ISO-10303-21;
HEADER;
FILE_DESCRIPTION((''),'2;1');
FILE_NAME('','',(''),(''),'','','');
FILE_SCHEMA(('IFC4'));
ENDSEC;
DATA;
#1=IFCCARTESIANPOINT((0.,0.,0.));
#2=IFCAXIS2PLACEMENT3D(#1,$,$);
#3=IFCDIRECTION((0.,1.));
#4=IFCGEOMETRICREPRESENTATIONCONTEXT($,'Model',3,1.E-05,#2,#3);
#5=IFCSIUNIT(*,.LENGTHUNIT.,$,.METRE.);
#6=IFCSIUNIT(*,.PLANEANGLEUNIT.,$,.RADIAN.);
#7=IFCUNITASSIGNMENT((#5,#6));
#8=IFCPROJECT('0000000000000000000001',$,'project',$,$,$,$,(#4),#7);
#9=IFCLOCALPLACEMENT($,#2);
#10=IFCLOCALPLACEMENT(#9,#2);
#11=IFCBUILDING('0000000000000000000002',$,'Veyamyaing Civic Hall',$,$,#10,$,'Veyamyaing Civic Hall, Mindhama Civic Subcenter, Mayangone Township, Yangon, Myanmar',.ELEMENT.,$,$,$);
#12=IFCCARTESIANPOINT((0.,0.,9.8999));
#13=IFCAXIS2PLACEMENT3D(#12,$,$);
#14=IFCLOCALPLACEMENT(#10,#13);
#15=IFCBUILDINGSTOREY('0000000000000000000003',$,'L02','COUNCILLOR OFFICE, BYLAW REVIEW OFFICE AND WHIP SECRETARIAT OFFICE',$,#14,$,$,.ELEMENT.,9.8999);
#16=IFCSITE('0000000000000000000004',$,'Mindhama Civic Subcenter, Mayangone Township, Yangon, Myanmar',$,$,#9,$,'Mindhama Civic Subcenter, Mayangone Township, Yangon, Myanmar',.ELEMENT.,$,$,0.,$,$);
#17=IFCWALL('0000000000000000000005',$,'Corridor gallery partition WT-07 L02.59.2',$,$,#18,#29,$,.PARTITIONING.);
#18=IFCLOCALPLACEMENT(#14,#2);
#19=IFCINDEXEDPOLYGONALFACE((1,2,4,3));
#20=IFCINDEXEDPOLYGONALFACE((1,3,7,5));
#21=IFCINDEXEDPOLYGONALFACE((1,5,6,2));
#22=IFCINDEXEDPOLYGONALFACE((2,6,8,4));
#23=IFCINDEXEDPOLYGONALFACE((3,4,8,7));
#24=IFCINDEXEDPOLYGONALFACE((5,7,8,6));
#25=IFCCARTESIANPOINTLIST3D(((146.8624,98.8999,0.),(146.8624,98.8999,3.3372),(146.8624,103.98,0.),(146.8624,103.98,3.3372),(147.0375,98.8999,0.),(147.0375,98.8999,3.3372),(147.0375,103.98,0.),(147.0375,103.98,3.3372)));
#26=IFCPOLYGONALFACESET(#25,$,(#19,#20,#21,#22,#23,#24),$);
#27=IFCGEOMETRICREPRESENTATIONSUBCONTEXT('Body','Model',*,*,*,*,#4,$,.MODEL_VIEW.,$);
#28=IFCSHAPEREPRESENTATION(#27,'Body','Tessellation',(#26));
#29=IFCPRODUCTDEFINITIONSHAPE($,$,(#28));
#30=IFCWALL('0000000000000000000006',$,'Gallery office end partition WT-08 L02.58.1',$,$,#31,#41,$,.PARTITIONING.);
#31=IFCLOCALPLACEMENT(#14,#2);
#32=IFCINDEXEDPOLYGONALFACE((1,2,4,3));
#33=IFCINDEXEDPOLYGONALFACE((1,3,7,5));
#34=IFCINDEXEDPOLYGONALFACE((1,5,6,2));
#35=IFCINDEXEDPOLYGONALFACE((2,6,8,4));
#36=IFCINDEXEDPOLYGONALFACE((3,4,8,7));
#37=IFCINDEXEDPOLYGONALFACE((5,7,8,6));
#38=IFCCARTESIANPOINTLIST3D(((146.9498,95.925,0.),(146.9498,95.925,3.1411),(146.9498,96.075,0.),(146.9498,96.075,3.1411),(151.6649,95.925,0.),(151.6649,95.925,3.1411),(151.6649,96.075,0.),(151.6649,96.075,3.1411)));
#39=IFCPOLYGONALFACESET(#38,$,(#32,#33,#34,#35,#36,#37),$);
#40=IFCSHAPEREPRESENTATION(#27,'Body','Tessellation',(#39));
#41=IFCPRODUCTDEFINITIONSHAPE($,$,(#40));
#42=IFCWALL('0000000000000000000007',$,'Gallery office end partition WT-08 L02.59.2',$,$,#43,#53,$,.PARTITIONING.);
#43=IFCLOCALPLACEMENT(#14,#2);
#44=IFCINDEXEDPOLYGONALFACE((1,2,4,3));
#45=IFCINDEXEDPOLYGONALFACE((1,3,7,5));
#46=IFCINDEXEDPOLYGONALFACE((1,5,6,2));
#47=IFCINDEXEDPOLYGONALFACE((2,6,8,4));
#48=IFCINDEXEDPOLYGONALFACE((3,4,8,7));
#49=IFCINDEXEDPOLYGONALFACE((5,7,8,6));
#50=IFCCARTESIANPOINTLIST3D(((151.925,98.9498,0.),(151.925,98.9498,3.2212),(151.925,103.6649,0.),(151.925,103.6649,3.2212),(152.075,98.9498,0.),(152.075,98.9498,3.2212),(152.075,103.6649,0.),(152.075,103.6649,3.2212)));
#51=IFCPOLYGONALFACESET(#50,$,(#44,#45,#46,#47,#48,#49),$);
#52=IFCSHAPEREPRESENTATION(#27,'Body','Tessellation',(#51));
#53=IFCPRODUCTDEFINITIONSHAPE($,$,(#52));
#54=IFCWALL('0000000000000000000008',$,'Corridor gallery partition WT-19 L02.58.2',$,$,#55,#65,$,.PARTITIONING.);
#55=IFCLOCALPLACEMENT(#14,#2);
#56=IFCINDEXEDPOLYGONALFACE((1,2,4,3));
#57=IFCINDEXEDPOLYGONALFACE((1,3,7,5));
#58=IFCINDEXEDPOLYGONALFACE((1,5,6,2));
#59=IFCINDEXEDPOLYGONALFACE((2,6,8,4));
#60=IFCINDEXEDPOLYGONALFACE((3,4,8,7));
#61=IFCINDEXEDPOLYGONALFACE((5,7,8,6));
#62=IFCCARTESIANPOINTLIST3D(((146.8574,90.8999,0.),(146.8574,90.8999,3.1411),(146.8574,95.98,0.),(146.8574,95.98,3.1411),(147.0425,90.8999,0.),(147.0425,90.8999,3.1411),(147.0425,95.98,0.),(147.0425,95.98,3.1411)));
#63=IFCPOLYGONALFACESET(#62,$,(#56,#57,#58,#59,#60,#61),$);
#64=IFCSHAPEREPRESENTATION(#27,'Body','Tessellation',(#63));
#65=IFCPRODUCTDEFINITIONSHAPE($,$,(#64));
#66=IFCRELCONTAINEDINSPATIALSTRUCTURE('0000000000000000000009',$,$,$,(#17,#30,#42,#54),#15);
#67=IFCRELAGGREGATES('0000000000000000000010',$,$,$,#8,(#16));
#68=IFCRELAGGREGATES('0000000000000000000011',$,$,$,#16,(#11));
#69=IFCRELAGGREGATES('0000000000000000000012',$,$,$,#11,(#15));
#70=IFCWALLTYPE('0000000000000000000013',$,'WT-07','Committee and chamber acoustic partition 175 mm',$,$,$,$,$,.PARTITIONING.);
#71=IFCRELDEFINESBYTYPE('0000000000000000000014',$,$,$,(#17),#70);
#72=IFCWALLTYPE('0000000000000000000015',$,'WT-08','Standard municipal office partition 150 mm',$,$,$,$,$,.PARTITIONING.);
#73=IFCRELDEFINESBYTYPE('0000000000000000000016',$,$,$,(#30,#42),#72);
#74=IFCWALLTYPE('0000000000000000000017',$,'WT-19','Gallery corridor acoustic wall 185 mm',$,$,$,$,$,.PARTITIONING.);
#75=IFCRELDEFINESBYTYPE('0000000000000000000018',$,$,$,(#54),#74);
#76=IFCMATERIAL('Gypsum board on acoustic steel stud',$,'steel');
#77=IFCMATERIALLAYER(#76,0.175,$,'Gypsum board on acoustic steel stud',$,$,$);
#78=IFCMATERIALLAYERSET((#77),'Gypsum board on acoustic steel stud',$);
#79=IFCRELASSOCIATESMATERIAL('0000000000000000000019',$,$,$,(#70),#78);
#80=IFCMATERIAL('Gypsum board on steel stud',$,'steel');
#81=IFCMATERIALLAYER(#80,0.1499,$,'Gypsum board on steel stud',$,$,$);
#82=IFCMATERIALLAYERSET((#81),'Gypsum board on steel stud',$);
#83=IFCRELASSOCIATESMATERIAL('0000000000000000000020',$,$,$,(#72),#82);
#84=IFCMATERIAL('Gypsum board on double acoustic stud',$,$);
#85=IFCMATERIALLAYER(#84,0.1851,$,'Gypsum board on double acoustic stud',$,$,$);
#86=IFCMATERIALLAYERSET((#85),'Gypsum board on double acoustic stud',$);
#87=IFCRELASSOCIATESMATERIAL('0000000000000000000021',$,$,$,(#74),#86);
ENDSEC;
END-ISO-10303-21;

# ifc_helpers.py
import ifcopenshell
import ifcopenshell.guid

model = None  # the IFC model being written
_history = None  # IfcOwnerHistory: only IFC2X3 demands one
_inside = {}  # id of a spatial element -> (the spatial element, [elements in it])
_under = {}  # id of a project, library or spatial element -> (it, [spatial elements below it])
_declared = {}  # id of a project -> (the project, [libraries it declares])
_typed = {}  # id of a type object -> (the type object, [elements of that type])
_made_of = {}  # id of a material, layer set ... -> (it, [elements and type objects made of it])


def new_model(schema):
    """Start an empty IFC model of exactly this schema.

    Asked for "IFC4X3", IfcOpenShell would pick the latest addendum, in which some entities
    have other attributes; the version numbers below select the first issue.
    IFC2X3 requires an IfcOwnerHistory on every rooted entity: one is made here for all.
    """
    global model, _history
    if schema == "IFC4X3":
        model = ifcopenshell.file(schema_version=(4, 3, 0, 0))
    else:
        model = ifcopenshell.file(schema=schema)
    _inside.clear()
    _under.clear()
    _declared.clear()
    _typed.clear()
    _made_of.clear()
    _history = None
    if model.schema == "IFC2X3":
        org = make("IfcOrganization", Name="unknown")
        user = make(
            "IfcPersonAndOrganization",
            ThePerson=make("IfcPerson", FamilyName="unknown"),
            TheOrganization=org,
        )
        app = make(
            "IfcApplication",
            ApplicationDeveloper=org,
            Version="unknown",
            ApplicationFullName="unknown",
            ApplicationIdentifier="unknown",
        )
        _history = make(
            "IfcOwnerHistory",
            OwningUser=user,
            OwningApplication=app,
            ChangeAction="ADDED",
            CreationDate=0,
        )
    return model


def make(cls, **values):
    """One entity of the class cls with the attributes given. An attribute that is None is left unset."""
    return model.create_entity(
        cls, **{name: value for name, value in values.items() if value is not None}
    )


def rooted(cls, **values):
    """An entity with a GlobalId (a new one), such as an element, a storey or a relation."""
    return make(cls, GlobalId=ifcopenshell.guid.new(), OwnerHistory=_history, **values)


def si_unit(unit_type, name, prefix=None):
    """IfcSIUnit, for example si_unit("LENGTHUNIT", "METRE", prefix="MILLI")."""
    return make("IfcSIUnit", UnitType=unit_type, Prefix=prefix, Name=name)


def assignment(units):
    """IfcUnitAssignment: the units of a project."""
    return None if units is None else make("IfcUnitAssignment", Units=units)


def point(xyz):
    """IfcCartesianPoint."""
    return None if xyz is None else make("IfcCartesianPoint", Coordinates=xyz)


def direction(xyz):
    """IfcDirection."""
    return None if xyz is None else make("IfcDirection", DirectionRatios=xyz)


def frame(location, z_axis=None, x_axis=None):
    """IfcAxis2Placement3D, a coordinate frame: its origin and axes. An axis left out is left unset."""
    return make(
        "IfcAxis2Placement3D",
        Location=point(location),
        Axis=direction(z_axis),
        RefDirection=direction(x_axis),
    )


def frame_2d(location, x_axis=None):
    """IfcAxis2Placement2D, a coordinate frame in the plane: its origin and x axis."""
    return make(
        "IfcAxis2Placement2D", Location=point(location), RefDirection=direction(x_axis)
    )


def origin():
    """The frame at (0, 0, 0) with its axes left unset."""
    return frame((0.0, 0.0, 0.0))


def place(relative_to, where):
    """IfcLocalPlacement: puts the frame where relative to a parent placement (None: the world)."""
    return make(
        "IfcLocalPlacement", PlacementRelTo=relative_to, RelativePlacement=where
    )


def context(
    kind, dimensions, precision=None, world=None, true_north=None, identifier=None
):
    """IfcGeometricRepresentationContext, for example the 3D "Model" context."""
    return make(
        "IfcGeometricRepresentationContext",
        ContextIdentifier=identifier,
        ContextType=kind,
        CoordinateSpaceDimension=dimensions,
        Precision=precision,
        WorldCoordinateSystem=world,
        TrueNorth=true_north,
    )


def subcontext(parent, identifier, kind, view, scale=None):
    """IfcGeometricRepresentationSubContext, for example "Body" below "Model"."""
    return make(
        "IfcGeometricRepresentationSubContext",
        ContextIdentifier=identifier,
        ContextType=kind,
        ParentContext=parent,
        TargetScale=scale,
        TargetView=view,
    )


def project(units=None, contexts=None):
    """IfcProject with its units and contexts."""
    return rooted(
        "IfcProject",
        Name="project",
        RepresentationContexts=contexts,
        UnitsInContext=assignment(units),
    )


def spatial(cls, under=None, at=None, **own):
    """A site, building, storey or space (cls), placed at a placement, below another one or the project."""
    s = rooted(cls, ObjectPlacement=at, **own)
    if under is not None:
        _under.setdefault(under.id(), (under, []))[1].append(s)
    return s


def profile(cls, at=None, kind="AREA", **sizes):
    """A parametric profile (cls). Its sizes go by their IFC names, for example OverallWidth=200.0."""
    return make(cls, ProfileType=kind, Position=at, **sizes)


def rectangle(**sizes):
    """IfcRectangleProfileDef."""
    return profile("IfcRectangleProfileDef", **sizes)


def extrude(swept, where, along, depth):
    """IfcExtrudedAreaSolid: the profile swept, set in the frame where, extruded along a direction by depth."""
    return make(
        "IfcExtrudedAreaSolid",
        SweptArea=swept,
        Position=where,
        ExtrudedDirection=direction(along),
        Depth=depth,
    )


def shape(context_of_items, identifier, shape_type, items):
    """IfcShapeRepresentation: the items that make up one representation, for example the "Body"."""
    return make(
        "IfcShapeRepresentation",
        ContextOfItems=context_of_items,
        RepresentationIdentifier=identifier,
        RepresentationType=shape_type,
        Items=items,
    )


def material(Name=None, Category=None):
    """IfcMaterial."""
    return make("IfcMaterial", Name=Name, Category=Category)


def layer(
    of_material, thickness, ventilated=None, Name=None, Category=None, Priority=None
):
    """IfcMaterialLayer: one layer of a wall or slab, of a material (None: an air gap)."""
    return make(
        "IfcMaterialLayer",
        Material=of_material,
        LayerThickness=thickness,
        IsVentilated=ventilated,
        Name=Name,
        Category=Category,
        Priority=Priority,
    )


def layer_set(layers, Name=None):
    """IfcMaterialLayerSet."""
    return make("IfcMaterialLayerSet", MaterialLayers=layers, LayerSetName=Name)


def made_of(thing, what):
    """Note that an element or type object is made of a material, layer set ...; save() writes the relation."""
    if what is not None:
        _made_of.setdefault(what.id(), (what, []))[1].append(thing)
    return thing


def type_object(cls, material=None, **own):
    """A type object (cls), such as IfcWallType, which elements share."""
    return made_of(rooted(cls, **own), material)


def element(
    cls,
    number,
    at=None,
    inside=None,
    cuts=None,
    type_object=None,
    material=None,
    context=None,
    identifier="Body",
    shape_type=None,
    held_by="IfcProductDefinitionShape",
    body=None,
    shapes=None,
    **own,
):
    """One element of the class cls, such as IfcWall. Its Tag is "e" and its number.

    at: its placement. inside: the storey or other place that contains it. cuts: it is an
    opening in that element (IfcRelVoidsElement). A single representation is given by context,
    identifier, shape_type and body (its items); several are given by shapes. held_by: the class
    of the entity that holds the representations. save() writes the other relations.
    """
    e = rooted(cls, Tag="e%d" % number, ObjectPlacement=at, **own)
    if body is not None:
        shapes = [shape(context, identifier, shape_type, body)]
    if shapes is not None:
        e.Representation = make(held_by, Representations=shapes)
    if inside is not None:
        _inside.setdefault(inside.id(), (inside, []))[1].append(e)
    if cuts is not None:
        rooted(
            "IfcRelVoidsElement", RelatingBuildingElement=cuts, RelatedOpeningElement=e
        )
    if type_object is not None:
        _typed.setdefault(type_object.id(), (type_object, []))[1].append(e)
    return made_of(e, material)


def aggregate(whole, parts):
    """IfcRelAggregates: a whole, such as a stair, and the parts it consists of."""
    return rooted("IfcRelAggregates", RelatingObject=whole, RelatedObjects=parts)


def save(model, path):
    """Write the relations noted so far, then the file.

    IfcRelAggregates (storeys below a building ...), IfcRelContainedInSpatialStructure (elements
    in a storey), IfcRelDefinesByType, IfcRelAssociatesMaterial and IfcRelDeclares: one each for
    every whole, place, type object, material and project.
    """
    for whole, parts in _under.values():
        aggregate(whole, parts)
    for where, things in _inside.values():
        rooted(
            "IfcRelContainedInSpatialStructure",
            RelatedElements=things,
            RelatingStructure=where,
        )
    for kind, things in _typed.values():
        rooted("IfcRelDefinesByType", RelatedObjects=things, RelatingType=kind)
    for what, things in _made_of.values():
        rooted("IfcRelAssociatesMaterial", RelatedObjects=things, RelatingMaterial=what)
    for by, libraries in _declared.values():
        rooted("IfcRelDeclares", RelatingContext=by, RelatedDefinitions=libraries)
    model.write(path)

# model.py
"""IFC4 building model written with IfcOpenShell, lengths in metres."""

from ifc_helpers import new_model, si_unit, direction, frame, frame_2d, origin, place, context, subcontext, project, spatial, rectangle, extrude, material, layer, layer_set, type_object, element, save


model = new_model("IFC4")

# Units and contexts
model_context = context("Model", 3, precision=1e-05, world=origin(), true_north=direction((0.0, 1.0)))
body_context = subcontext(model_context, "Body", "Model", "MODEL_VIEW")
ifc_project = project(units=[si_unit("LENGTHUNIT", "METRE"), si_unit("PLANEANGLEUNIT", "RADIAN")], contexts=[model_context])

# Site, building, storey
site_placement = place(None, origin())
site = spatial("IfcSite", under=ifc_project, at=site_placement, Name="Mindhama Civic Subcenter, Mayangone Township, Yangon, Myanmar", LongName="Mindhama Civic Subcenter, Mayangone Township, Yangon, Myanmar", CompositionType="ELEMENT", RefElevation=0.0)
building_placement = place(site_placement, origin())
building = spatial("IfcBuilding", under=site, at=building_placement, Name="Veyamyaing Civic Hall", LongName="Veyamyaing Civic Hall, Mindhama Civic Subcenter, Mayangone Township, Yangon, Myanmar", CompositionType="ELEMENT")
storey_placement = place(building_placement, frame((0.0, 0.0, 9.8999)))
storey = spatial("IfcBuildingStorey", under=building, at=storey_placement, Name="L02", Description="COUNCILLOR OFFICE, BYLAW REVIEW OFFICE AND WHIP SECRETARIAT OFFICE", CompositionType="ELEMENT", Elevation=9.8999)

# Shared definitions
ifc_material_1 = material(Name="Gypsum board on acoustic steel stud", Category="steel")
ifc_layer_1 = layer(ifc_material_1, 0.175, Name="Gypsum board on acoustic steel stud")
ifc_layer_set_1 = layer_set([ifc_layer_1], Name="Gypsum board on acoustic steel stud")
wall_type_1 = type_object("IfcWallType", Name="WT-07", Description="Committee and chamber acoustic partition 175 mm", PredefinedType="PARTITIONING", material=ifc_layer_set_1)

# Walls
wall_1_placement = place(storey_placement, frame((146.95, 98.8999, 0.0), z_axis=(0.0, 0.0, 1.0), x_axis=(0.0, 1.0, 0.0)))
element("IfcWall", 1, at=wall_1_placement, inside=storey, type_object=wall_type_1, Name="Corridor gallery partition WT-07 L02.59.2", PredefinedType="PARTITIONING", context=body_context, shape_type="SweptSolid", body=[
    extrude(rectangle(XDim=5.0801, YDim=0.175, at=frame_2d((2.54, 0.0))), origin(), (0.0, 0.0, 1.0), 3.3372),
])
ifc_material_2 = material(Name="Gypsum board on steel stud", Category="steel")
ifc_layer_2 = layer(ifc_material_2, 0.1499, Name="Gypsum board on steel stud")
ifc_layer_set_2 = layer_set([ifc_layer_2], Name="Gypsum board on steel stud")
wall_type_2 = type_object("IfcWallType", Name="WT-08", Description="Standard municipal office partition 150 mm", PredefinedType="PARTITIONING", material=ifc_layer_set_2)
wall_2_placement = place(storey_placement, frame((146.95, 96.0, 0.0), z_axis=(0.0, 0.0, 1.0), x_axis=(1.0, 0.0, 0.0)))
element("IfcWall", 2, at=wall_2_placement, inside=storey, type_object=wall_type_2, Name="Gallery office end partition WT-08 L02.58.1", PredefinedType="PARTITIONING", context=body_context, shape_type="SweptSolid", body=[
    extrude(rectangle(XDim=4.7151, YDim=0.1499, at=frame_2d((2.3574, 0.0))), origin(), (0.0, 0.0, 1.0), 3.1411),
])
wall_3_placement = place(storey_placement, frame((152.0, 98.95, 0.0), z_axis=(0.0, 0.0, 1.0), x_axis=(0.0, 1.0, 0.0)))
element("IfcWall", 3, at=wall_3_placement, inside=storey, type_object=wall_type_2, Name="Gallery office end partition WT-08 L02.59.2", PredefinedType="PARTITIONING", context=body_context, shape_type="SweptSolid", body=[
    extrude(rectangle(XDim=4.7151, YDim=0.1499, at=frame_2d((2.3574, 0.0))), origin(), (0.0, 0.0, 1.0), 3.2212),
])

# Shared definitions
ifc_material_3 = material(Name="Gypsum board on double acoustic stud")
ifc_layer_3 = layer(ifc_material_3, 0.1851, Name="Gypsum board on double acoustic stud")
ifc_layer_set_3 = layer_set([ifc_layer_3], Name="Gypsum board on double acoustic stud")
wall_type_3 = type_object("IfcWallType", Name="WT-19", Description="Gallery corridor acoustic wall 185 mm", PredefinedType="PARTITIONING", material=ifc_layer_set_3)

# Wall
wall_4_placement = place(storey_placement, frame((146.95, 90.8999, 0.0), z_axis=(0.0, 0.0, 1.0), x_axis=(0.0, 1.0, 0.0)))
element("IfcWall", 4, at=wall_4_placement, inside=storey, type_object=wall_type_3, Name="Corridor gallery partition WT-19 L02.58.2", PredefinedType="PARTITIONING", context=body_context, shape_type="SweptSolid", body=[
    extrude(rectangle(XDim=5.0801, YDim=0.1851, at=frame_2d((2.54, 0.0))), origin(), (0.0, 0.0, 1.0), 3.1411),
])

save(model, "model.ifc")
